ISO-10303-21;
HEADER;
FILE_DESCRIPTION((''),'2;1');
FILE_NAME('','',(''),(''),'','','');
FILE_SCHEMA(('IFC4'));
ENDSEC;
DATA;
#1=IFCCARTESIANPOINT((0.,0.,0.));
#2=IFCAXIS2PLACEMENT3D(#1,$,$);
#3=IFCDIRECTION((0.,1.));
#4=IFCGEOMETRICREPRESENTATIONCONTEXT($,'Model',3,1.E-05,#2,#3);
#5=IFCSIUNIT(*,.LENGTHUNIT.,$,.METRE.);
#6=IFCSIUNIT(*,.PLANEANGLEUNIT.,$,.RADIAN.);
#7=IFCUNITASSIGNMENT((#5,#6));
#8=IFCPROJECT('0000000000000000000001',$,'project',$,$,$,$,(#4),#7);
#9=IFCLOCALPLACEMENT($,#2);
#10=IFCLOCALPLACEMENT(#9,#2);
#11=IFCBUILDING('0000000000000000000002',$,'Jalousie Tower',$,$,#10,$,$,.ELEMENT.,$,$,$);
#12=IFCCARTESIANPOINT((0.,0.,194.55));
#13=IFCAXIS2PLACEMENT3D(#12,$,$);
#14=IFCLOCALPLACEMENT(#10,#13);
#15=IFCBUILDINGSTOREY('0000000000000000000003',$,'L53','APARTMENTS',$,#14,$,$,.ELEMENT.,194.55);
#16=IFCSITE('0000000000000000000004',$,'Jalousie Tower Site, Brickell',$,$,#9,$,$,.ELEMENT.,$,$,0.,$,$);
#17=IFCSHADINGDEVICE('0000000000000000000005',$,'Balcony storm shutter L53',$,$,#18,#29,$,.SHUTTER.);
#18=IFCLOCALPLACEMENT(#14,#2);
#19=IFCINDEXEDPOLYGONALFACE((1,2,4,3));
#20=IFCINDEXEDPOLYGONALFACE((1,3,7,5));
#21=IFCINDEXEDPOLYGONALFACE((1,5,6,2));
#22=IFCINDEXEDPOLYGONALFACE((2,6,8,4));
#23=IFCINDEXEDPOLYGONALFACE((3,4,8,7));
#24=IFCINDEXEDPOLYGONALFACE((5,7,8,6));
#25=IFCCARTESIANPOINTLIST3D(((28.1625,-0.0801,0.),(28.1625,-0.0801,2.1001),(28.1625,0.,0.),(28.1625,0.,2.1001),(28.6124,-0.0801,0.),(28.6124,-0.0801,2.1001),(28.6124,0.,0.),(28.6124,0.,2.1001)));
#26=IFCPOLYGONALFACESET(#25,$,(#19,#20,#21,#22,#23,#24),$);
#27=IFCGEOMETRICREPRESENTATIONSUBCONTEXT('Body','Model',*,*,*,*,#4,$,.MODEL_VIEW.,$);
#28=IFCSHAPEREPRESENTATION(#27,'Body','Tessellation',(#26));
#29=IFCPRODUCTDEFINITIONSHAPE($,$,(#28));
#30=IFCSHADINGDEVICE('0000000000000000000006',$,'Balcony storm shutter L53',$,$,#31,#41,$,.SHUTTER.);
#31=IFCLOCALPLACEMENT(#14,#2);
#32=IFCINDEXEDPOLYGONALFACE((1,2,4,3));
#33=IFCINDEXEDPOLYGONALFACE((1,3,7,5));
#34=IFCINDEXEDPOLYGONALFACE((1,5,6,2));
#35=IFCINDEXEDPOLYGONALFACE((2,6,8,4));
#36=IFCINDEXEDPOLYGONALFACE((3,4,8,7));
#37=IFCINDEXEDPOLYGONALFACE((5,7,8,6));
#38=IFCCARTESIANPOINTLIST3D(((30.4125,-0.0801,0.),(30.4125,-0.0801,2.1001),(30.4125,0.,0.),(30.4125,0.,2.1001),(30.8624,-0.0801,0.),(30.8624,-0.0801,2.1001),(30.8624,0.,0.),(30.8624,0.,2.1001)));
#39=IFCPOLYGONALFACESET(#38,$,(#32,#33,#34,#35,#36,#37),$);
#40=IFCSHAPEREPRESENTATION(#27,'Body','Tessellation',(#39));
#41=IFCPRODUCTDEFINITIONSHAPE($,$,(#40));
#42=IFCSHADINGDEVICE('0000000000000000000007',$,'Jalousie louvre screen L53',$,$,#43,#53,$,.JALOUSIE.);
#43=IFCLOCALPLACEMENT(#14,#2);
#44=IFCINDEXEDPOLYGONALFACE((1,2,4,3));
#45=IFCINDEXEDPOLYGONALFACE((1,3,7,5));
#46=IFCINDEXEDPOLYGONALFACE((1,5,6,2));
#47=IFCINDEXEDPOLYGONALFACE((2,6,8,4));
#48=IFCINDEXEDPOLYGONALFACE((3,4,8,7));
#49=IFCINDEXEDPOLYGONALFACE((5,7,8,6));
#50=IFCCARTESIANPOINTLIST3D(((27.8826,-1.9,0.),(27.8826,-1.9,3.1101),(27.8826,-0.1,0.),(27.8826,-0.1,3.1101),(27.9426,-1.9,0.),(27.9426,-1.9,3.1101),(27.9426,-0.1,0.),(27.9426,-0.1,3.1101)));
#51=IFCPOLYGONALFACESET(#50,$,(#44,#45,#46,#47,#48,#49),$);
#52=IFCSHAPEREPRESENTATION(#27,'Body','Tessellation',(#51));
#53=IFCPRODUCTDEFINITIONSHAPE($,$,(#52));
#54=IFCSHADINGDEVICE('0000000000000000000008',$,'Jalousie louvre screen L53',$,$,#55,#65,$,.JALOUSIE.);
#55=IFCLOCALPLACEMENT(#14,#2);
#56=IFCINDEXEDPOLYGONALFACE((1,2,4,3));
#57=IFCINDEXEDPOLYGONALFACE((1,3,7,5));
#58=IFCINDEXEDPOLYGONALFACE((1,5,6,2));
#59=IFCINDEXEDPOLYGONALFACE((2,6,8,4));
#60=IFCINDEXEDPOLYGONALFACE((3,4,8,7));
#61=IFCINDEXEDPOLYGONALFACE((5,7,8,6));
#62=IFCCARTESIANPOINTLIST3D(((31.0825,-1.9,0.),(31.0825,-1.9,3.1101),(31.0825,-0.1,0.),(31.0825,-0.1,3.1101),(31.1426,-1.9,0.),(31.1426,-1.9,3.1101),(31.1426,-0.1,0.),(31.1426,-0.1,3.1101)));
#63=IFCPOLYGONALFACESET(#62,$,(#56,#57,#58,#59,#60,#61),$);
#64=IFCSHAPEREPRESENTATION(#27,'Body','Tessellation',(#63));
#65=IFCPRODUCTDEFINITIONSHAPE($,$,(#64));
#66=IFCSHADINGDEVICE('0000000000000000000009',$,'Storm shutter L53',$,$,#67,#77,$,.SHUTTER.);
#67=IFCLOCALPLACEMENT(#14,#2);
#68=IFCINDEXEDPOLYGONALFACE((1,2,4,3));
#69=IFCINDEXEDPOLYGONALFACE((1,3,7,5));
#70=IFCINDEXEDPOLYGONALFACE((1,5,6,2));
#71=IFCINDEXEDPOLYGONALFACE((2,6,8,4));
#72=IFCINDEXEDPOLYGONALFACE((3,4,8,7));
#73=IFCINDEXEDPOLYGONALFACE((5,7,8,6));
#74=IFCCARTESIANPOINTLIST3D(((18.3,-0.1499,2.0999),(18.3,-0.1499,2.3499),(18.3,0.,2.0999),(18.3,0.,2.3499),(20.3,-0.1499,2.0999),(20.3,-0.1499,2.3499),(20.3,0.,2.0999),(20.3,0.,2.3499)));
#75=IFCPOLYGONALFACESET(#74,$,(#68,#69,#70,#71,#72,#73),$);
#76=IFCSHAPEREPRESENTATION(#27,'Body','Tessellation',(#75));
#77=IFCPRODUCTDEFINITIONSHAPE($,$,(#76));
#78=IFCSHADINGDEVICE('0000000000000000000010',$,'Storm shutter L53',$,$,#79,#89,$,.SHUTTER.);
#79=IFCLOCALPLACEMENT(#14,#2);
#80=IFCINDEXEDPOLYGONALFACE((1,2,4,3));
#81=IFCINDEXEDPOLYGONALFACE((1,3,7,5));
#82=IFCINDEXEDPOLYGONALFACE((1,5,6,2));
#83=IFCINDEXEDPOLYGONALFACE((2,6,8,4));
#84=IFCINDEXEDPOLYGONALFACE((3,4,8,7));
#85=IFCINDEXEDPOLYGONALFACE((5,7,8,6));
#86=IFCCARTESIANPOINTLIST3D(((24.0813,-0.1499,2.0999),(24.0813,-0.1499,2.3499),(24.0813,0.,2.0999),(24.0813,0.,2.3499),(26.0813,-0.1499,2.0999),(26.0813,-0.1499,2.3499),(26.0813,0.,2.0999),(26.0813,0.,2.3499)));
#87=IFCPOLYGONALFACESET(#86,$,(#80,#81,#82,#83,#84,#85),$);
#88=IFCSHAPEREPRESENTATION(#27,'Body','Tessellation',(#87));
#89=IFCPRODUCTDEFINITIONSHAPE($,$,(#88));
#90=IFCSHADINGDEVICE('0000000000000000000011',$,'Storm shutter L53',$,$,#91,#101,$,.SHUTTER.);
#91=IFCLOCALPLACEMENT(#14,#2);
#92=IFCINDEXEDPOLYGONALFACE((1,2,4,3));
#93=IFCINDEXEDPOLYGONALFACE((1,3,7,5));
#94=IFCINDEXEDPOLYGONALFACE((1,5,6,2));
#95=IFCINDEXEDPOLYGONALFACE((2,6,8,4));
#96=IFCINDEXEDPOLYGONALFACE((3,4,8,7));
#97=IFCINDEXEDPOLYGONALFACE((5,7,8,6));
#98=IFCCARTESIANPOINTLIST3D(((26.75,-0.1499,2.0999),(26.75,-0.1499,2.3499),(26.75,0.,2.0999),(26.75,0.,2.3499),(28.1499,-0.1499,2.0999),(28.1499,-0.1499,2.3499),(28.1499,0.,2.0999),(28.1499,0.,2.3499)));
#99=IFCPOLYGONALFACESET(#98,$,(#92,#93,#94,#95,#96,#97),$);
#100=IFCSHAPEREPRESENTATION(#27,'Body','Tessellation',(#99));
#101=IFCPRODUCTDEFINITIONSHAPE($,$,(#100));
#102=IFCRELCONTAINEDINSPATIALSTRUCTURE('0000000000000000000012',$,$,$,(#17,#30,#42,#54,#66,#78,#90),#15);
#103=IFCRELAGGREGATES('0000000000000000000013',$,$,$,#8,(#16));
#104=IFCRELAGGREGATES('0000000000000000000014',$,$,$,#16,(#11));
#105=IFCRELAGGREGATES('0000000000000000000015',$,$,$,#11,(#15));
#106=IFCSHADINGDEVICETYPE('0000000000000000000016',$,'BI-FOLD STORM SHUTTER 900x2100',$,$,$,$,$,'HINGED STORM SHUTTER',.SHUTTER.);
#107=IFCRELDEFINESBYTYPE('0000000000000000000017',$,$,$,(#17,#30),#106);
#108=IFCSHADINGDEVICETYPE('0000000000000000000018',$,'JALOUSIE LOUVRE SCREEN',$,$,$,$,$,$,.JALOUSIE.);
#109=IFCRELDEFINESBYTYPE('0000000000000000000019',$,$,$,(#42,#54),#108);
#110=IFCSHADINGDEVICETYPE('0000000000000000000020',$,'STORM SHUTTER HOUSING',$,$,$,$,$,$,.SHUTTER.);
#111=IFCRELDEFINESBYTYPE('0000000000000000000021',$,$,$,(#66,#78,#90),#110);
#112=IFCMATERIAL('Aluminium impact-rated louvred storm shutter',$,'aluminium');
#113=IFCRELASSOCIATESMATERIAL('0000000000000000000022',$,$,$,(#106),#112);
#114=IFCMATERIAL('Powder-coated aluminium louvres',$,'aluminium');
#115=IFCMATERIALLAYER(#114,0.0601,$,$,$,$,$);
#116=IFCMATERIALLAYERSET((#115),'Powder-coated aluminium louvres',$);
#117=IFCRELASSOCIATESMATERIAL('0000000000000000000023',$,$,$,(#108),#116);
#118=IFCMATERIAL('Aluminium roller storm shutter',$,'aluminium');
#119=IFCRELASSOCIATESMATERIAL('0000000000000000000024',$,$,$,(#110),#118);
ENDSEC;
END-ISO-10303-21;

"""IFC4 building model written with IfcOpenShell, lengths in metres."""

from ifc_helpers import new_model, si_unit, direction, frame, origin, origin_2d, place, context, subcontext, project, spatial, rectangle, extrude, material, layer, layer_set, type_object, element, save


model = new_model("IFC4")

# Units and contexts
model_context = context("Model", 3, precision=1e-05, world=origin(), true_north=direction((0.0, 1.0)))
body_context = subcontext(model_context, "Body", "Model", "MODEL_VIEW")
ifc_project = project(units=[si_unit("LENGTHUNIT", "METRE"), si_unit("PLANEANGLEUNIT", "RADIAN")], contexts=[model_context])

# Site, building, storey
site_placement = place(None, origin())
site = spatial("IfcSite", under=ifc_project, at=site_placement, Name="Jalousie Tower Site, Brickell", CompositionType="ELEMENT", RefElevation=0.0)
building_placement = place(site_placement, origin())
building = spatial("IfcBuilding", under=site, at=building_placement, Name="Jalousie Tower", CompositionType="ELEMENT")
storey_placement = place(building_placement, frame((0.0, 0.0, 194.55)))
storey = spatial("IfcBuildingStorey", under=building, at=storey_placement, Name="L53", Description="APARTMENTS", CompositionType="ELEMENT", Elevation=194.55)

# Shading devices
ifc_material_1 = material(Name="Aluminium impact-rated louvred storm shutter", Category="aluminium")
shading_device_type_1 = type_object("IfcShadingDeviceType", Name="BI-FOLD STORM SHUTTER 900x2100", ElementType="HINGED STORM SHUTTER", PredefinedType="SHUTTER", material=ifc_material_1)
for number, where, z_axis, x_axis, name in (
    (1, (28.3875, -0.04, 0.0), (0.0, 0.0, 1.0), (1.0, 0.0, 0.0), "Balcony storm shutter L53"),
    (2, (30.6375, -0.04, 0.0), (0.0, 0.0, 1.0), (1.0, 0.0, 0.0), "Balcony storm shutter L53"),
):
    element("IfcShadingDevice", number, at=place(storey_placement, frame(where, z_axis=z_axis, x_axis=x_axis)), inside=storey, type_object=shading_device_type_1, Name=name, PredefinedType="SHUTTER", context=body_context, shape_type="SweptSolid", body=[
        extrude(rectangle(XDim=0.45, YDim=0.0801, at=origin_2d()), origin(), (0.0, 0.0, 1.0), 2.1001),
    ])

# Shading devices
ifc_material_2 = material(Name="Powder-coated aluminium louvres", Category="aluminium")
ifc_layer_1 = layer(ifc_material_2, 0.0601)
ifc_layer_set_1 = layer_set([ifc_layer_1], Name="Powder-coated aluminium louvres")
shading_device_type_2 = type_object("IfcShadingDeviceType", Name="JALOUSIE LOUVRE SCREEN", PredefinedType="JALOUSIE", material=ifc_layer_set_1)
for number, where, z_axis, x_axis, name in (
    (3, (27.9126, -1.0, 0.0), (0.0, 0.0, 1.0), (1.0, 0.0, 0.0), "Jalousie louvre screen L53"),
    (4, (31.1125, -1.0, 0.0), (0.0, 0.0, 1.0), (1.0, 0.0, 0.0), "Jalousie louvre screen L53"),
):
    element("IfcShadingDevice", number, at=place(storey_placement, frame(where, z_axis=z_axis, x_axis=x_axis)), inside=storey, type_object=shading_device_type_2, Name=name, PredefinedType="JALOUSIE", context=body_context, shape_type="SweptSolid", body=[
        extrude(rectangle(XDim=0.0601, YDim=1.8, at=origin_2d()), origin(), (0.0, 0.0, 1.0), 3.1101),
    ])
ifc_material_3 = material(Name="Aluminium roller storm shutter", Category="aluminium")
shading_device_type_3 = type_object("IfcShadingDeviceType", Name="STORM SHUTTER HOUSING", PredefinedType="SHUTTER", material=ifc_material_3)
for number, where, z_axis, x_axis, name in (
    (5, (19.3, -0.075, 2.0999), (0.0, 0.0, 1.0), (1.0, 0.0, 0.0), "Storm shutter L53"),
    (6, (25.0813, -0.075, 2.0999), (0.0, 0.0, 1.0), (1.0, 0.0, 0.0), "Storm shutter L53"),
):
    element("IfcShadingDevice", number, at=place(storey_placement, frame(where, z_axis=z_axis, x_axis=x_axis)), inside=storey, type_object=shading_device_type_3, Name=name, PredefinedType="SHUTTER", context=body_context, shape_type="SweptSolid", body=[
        extrude(rectangle(XDim=2.0, YDim=0.1499, at=origin_2d()), origin(), (0.0, 0.0, 1.0), 0.25),
    ])
shading_device_placement = place(storey_placement, frame((27.45, -0.075, 2.0999), z_axis=(0.0, 0.0, 1.0), x_axis=(1.0, 0.0, 0.0)))
element("IfcShadingDevice", 7, at=shading_device_placement, inside=storey, type_object=shading_device_type_3, Name="Storm shutter L53", PredefinedType="SHUTTER", context=body_context, shape_type="SweptSolid", body=[
    extrude(rectangle(XDim=1.3999, YDim=0.1499, at=origin_2d()), origin(), (0.0, 0.0, 1.0), 0.25),
])

save(model, "model.ifc")
